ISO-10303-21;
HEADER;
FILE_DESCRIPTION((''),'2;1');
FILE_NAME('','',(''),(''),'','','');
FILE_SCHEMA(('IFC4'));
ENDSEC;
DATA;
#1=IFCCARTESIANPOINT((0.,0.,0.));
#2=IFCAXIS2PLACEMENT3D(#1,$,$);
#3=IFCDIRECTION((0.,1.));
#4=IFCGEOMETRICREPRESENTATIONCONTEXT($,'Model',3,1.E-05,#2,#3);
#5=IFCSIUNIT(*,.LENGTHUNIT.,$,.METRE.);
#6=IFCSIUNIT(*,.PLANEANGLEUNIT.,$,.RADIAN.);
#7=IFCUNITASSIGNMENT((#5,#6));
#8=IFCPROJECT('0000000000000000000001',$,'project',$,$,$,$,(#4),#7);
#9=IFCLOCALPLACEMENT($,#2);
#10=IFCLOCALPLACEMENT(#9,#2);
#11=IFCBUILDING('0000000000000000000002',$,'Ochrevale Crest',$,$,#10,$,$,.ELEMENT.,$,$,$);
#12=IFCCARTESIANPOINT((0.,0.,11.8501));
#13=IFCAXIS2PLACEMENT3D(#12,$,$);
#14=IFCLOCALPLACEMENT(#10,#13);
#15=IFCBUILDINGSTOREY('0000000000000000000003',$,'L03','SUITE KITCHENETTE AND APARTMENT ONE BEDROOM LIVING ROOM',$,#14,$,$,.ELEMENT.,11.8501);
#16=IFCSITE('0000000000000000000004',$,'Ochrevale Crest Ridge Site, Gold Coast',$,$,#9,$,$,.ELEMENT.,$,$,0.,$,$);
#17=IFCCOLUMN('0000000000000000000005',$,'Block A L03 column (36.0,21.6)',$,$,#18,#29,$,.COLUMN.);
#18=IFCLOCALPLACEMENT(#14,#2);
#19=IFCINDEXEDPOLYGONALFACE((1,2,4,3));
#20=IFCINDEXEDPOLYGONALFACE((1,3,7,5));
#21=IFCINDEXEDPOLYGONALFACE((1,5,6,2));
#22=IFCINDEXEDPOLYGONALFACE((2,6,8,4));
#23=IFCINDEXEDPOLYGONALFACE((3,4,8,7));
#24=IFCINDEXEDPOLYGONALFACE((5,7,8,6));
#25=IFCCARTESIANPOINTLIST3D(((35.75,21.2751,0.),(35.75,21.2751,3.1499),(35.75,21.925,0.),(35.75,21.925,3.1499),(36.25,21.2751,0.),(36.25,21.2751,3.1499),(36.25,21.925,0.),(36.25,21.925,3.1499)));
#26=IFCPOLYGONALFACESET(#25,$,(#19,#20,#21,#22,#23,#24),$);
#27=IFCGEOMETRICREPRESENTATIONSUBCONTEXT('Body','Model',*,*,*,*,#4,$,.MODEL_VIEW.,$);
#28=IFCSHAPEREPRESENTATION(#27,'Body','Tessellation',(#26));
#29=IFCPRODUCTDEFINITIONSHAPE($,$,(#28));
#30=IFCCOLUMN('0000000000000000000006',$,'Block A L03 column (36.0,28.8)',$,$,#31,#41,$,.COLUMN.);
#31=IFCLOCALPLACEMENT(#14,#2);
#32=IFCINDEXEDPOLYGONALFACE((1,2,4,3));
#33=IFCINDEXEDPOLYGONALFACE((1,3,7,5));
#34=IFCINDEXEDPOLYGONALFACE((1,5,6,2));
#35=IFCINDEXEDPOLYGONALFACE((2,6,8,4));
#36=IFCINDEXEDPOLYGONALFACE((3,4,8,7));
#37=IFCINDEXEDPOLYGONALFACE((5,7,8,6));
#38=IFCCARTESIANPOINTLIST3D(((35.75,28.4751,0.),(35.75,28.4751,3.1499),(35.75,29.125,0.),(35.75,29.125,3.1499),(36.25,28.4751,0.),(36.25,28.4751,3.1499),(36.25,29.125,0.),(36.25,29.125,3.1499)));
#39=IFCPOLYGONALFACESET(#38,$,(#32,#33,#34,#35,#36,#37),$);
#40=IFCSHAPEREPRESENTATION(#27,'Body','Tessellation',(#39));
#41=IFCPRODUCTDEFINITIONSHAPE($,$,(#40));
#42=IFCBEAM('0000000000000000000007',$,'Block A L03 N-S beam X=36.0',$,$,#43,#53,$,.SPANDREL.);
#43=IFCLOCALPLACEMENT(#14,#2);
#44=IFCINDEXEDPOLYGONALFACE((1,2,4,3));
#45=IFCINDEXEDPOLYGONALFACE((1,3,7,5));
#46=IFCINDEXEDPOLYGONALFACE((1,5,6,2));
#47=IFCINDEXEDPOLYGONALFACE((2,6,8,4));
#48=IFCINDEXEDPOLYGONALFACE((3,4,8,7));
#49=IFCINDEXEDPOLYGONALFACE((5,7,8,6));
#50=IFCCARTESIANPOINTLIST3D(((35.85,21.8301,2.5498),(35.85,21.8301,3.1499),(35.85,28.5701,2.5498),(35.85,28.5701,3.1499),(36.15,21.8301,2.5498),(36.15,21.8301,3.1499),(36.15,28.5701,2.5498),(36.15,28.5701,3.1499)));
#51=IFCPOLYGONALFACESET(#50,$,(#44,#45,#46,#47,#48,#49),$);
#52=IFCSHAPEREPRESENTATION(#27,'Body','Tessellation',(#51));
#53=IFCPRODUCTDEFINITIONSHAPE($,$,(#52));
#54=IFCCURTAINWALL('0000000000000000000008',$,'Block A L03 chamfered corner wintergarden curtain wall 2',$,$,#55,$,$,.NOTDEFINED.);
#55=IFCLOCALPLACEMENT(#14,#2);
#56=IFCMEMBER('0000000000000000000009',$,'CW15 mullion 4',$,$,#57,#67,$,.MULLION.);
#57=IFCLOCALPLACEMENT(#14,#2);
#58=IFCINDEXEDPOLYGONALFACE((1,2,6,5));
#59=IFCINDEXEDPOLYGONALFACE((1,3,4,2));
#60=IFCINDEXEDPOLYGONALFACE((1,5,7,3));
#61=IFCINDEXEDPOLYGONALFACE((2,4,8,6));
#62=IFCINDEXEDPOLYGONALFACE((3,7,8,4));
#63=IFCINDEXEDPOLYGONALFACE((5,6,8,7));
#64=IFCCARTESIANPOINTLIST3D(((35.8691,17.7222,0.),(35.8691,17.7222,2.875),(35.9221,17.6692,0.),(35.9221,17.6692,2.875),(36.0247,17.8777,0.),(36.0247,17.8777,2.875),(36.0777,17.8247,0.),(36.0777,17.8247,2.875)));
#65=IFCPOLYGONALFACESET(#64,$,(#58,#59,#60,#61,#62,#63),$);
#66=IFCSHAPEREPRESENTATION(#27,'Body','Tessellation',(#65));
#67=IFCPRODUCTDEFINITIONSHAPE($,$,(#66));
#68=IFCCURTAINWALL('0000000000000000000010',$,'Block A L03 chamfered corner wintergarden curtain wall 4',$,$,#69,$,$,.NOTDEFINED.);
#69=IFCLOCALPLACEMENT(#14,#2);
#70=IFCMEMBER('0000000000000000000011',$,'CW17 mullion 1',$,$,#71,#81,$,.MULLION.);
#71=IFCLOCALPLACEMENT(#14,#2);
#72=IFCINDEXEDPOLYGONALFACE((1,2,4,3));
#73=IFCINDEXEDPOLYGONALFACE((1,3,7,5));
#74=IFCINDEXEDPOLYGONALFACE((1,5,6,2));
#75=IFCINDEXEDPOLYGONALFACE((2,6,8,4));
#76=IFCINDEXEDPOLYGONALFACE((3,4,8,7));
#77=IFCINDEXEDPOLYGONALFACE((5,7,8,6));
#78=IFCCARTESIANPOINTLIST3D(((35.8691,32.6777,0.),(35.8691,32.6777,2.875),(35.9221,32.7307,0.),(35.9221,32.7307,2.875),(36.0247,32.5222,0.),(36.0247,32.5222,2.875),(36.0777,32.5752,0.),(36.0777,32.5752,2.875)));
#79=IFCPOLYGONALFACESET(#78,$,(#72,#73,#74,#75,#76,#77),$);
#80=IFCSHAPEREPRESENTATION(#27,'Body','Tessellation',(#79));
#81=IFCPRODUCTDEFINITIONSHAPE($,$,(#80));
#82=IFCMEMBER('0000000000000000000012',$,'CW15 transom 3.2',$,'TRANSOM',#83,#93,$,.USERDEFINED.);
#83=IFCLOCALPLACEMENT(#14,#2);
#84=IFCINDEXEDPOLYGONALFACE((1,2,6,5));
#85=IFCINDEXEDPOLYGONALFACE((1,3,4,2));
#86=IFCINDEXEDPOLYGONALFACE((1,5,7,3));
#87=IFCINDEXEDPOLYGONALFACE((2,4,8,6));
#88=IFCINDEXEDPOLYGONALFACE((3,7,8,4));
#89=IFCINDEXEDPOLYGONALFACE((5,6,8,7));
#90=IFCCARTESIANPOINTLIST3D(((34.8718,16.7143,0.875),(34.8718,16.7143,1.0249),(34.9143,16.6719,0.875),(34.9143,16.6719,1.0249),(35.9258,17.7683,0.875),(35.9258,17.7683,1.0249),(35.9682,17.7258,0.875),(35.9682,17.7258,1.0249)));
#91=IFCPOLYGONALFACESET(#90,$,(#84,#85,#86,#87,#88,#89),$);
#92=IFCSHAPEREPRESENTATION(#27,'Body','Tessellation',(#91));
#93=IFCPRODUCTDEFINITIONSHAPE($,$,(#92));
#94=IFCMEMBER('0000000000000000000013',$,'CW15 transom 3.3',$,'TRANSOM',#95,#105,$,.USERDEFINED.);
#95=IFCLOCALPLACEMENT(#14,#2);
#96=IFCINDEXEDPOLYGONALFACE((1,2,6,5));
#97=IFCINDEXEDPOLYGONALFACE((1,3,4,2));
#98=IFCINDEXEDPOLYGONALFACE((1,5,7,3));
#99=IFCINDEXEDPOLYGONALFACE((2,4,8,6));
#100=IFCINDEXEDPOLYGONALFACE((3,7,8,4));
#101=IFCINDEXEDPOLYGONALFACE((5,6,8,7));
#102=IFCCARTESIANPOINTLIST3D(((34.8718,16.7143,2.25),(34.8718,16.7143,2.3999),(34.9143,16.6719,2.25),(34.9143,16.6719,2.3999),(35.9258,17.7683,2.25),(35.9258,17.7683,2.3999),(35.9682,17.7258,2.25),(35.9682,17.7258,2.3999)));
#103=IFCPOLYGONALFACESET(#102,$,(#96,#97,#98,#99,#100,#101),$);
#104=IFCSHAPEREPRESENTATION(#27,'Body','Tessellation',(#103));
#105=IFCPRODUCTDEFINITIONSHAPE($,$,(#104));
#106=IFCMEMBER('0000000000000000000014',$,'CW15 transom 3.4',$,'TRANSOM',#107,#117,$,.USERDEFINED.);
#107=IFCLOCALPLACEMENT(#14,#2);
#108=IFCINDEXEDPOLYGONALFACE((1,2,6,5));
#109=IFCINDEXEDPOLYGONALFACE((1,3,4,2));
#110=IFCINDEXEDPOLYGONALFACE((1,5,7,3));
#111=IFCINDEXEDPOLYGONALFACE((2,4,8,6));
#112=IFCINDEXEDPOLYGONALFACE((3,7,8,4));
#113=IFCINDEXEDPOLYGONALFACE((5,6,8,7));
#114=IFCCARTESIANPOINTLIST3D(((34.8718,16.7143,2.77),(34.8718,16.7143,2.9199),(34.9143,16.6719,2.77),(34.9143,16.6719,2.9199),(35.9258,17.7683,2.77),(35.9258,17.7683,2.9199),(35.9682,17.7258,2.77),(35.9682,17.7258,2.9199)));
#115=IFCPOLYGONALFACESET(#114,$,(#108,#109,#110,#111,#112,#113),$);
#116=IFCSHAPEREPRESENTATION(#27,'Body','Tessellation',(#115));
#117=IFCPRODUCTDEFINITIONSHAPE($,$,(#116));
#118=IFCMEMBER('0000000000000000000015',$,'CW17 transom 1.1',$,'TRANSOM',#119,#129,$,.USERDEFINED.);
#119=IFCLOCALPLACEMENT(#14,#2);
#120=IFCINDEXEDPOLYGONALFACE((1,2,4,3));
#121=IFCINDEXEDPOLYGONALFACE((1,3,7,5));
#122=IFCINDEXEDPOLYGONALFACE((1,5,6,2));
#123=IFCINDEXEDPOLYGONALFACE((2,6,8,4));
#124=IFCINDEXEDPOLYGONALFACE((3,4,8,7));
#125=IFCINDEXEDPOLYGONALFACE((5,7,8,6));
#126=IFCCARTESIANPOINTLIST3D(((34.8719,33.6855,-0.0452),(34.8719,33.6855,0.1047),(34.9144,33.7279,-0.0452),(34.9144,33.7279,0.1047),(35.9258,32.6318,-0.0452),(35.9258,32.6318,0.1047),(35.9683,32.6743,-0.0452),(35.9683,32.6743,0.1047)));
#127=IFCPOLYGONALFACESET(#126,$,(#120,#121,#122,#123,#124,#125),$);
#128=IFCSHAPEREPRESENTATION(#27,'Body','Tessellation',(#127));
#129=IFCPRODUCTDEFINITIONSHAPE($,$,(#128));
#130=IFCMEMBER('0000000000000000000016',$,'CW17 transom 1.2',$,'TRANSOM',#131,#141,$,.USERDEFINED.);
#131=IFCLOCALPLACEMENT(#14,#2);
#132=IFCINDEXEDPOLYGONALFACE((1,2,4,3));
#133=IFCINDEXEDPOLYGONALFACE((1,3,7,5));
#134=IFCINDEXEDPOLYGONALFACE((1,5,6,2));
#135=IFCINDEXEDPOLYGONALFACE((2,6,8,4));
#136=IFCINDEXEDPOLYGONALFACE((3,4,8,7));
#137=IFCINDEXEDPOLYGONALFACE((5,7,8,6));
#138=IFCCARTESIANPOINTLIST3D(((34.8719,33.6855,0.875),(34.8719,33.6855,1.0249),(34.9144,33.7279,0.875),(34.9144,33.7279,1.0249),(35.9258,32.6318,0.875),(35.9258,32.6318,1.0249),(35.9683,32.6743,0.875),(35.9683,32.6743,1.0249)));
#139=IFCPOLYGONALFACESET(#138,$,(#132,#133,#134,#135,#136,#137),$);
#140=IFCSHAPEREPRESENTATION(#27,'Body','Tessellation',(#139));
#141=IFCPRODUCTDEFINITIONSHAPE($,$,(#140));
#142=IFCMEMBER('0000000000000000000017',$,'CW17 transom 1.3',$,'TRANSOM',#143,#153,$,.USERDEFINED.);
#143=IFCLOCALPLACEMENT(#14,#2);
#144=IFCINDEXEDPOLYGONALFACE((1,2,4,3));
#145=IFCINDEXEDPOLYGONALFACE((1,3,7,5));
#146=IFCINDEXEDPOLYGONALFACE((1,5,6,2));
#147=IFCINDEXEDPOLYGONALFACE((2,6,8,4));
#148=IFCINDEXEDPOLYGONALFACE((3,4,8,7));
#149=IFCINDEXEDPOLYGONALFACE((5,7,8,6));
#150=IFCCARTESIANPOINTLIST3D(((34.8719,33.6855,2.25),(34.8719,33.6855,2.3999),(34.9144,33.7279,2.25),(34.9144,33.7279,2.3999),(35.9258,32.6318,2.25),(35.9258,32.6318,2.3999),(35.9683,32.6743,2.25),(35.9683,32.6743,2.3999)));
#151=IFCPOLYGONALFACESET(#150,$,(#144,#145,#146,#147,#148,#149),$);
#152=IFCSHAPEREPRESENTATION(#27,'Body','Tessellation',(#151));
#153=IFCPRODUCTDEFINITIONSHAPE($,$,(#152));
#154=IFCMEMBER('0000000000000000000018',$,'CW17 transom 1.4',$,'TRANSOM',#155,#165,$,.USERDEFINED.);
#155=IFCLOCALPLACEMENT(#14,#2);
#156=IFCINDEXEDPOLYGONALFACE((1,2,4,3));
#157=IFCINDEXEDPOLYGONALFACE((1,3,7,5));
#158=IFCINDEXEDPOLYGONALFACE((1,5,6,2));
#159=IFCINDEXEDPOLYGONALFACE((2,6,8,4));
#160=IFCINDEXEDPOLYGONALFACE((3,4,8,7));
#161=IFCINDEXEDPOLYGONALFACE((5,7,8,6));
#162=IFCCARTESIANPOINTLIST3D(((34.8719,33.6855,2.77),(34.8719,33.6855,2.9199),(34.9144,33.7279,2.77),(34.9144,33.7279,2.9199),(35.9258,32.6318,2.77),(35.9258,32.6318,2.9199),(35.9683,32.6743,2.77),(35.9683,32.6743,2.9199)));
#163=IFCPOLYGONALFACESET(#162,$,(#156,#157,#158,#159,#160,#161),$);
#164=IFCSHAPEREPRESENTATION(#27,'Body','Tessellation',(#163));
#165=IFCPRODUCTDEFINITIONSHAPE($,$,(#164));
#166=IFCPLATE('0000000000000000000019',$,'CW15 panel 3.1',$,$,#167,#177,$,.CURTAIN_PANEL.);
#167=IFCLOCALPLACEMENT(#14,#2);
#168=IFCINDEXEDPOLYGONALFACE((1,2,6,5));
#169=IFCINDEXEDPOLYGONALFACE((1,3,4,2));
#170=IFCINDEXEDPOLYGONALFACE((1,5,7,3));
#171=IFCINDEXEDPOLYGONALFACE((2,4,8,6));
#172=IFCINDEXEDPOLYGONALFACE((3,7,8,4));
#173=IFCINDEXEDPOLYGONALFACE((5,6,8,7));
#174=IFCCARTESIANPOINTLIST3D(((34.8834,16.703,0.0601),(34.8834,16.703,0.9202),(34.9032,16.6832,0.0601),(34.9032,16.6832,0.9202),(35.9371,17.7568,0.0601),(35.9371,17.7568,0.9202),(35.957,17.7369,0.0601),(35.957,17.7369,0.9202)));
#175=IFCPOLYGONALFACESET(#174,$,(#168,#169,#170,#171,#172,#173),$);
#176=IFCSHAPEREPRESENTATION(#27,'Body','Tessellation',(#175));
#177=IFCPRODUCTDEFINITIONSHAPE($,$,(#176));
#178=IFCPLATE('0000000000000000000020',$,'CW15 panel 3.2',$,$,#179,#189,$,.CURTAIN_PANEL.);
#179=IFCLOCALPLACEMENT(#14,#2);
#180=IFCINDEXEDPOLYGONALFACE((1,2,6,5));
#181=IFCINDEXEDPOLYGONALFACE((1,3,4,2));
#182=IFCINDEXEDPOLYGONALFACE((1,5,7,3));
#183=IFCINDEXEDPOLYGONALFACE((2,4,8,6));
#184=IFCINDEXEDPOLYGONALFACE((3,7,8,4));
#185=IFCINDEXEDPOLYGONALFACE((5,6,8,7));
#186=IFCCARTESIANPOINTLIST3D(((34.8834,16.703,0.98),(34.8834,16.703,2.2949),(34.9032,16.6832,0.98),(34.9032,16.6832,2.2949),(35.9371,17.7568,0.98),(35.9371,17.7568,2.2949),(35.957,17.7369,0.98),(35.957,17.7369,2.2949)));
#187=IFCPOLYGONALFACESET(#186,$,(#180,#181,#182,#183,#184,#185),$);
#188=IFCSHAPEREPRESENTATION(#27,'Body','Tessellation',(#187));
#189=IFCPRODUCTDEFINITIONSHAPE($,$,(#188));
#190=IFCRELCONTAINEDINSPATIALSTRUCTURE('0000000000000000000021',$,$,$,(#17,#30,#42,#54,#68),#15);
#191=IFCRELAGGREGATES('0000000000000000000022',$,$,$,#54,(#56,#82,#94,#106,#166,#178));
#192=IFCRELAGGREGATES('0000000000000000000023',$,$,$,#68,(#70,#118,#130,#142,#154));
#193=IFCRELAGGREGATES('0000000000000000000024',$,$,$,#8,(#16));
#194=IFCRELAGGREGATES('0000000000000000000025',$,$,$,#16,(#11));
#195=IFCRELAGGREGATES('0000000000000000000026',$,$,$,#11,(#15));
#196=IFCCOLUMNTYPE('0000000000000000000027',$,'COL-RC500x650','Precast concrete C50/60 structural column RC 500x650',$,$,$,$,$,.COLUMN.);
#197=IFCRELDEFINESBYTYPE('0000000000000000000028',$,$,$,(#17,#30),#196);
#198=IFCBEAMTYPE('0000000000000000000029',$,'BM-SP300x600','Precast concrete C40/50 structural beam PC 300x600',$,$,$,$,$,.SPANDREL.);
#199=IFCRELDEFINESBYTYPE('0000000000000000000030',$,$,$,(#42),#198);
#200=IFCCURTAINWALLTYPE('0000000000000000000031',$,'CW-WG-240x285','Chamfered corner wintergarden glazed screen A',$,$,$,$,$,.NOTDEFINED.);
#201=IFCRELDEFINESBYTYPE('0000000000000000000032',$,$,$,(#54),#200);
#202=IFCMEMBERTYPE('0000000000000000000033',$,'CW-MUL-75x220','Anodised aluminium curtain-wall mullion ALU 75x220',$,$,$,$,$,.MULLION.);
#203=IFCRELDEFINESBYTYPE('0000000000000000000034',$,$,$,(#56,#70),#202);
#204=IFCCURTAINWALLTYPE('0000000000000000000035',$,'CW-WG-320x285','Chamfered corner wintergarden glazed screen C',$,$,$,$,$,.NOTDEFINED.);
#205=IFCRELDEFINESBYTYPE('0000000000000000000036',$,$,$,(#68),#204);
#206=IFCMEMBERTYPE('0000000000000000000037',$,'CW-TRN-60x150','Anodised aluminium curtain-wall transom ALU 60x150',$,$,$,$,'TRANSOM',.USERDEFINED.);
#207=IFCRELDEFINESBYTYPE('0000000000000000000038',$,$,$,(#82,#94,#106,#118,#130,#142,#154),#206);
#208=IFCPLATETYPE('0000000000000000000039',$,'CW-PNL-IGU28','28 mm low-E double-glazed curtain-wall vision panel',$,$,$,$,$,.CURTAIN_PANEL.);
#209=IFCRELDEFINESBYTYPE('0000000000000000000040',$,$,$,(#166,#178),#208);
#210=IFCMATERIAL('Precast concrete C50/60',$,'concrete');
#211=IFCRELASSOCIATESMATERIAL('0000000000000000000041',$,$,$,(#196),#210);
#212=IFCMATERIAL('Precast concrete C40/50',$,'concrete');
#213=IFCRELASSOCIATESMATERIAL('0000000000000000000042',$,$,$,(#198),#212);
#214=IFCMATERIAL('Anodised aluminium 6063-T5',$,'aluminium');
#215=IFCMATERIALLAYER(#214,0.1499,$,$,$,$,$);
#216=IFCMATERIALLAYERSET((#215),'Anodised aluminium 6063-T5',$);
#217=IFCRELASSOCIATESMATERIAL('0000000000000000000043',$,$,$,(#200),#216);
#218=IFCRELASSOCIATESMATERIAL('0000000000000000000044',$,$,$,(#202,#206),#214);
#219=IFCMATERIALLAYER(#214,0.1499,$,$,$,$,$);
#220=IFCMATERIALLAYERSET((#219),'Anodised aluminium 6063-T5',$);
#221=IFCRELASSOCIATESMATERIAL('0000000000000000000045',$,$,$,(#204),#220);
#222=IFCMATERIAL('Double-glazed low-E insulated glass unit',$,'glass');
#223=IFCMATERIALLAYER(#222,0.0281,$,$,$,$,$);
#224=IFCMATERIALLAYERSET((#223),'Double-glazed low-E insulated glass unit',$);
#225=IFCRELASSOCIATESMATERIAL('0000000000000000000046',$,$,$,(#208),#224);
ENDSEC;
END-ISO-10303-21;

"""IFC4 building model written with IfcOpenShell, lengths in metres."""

from ifc_helpers import new_model, si_unit, direction, frame, origin, origin_2d, place, context, subcontext, project, spatial, rectangle, extrude, material, layer, layer_set, material_profile, profile_set, type_object, element, aggregate, save


model = new_model("IFC4")

# Units and contexts
model_context = context("Model", 3, precision=1e-05, world=origin(), true_north=direction((0.0, 1.0)))
body_context = subcontext(model_context, "Body", "Model", "MODEL_VIEW")
ifc_project = project(units=[si_unit("LENGTHUNIT", "METRE"), si_unit("PLANEANGLEUNIT", "RADIAN")], contexts=[model_context])

# Site, building, storey
site_placement = place(None, origin())
site = spatial("IfcSite", under=ifc_project, at=site_placement, Name="Ochrevale Crest Ridge Site, Gold Coast", CompositionType="ELEMENT", RefElevation=0.0)
building_placement = place(site_placement, origin())
building = spatial("IfcBuilding", under=site, at=building_placement, Name="Ochrevale Crest", CompositionType="ELEMENT")
storey_placement = place(building_placement, frame((0.0, 0.0, 11.8501)))
storey = spatial("IfcBuildingStorey", under=building, at=storey_placement, Name="L03", Description="SUITE KITCHENETTE AND APARTMENT ONE BEDROOM LIVING ROOM", CompositionType="ELEMENT", Elevation=11.8501)

# Columns
ifc_material_1 = material(Name="Precast concrete C50/60", Category="concrete")
ifc_material_profile_1 = material_profile(ifc_material_1, rectangle(XDim=0.5, YDim=0.6499, at=origin_2d()), Name="RC 500x650")
ifc_profile_set_1 = profile_set([ifc_material_profile_1], Name="Precast concrete C50/60")
column_type = type_object("IfcColumnType", Name="COL-RC500x650", Description="Precast concrete C50/60 structural column RC 500x650", PredefinedType="COLUMN", material=ifc_profile_set_1)
for number, where, z_axis, x_axis, name in (
    (1, (36.0, 21.6001, 0.0), (0.0, 0.0, 1.0), (1.0, 0.0, 0.0), "Block A L03 column (36.0,21.6)"),
    (2, (36.0, 28.8, 0.0), (0.0, 0.0, 1.0), (1.0, 0.0, 0.0), "Block A L03 column (36.0,28.8)"),
):
    element("IfcColumn", number, at=place(storey_placement, frame(where, z_axis=z_axis, x_axis=x_axis)), inside=storey, type_object=column_type, Name=name, PredefinedType="COLUMN", context=body_context, shape_type="SweptSolid", body=[
        extrude(rectangle(XDim=0.5, YDim=0.6499, at=origin_2d()), origin(), (0.0, 0.0, 1.0), 3.1499),
    ])

# Beam
ifc_material_2 = material(Name="Precast concrete C40/50", Category="concrete")
ifc_material_profile_2 = material_profile(ifc_material_2, rectangle(XDim=0.3, YDim=0.6001, at=origin_2d()), Name="PC 300x600")
ifc_profile_set_2 = profile_set([ifc_material_profile_2], Name="Precast concrete C40/50")
beam_type = type_object("IfcBeamType", Name="BM-SP300x600", Description="Precast concrete C40/50 structural beam PC 300x600", PredefinedType="SPANDREL", material=ifc_profile_set_2)
beam_placement = place(storey_placement, frame((36.0, 21.8301, 2.8499), z_axis=(0.0, 1.0, 0.0), x_axis=(-1.0, 0.0, 0.0)))
element("IfcBeam", 3, at=beam_placement, inside=storey, type_object=beam_type, Name="Block A L03 N-S beam X=36.0", PredefinedType="SPANDREL", context=body_context, shape_type="SweptSolid", body=[
    extrude(rectangle(XDim=0.3, YDim=0.6001, at=origin_2d()), origin(), (0.0, 0.0, 1.0), 6.74),
])

# Curtain walls, members
ifc_material_3 = material(Name="Anodised aluminium 6063-T5", Category="aluminium")
ifc_layer_1 = layer(ifc_material_3, 0.1499)
ifc_layer_set_1 = layer_set([ifc_layer_1], Name="Anodised aluminium 6063-T5")
curtain_wall_type_1 = type_object("IfcCurtainWallType", Name="CW-WG-240x285", Description="Chamfered corner wintergarden glazed screen A", PredefinedType="NOTDEFINED", material=ifc_layer_set_1)
curtain_wall_1_placement = place(storey_placement, origin())
curtain_wall_1 = element("IfcCurtainWall", 4, at=curtain_wall_1_placement, inside=storey, type_object=curtain_wall_type_1, Name="Block A L03 chamfered corner wintergarden curtain wall 2", PredefinedType="NOTDEFINED")
ifc_material_profile_3 = material_profile(ifc_material_3, rectangle(XDim=0.075, YDim=0.22, at=origin_2d()), Name="ALU 75x220")
ifc_profile_set_3 = profile_set([ifc_material_profile_3], Name="Anodised aluminium 6063-T5")
member_type_1 = type_object("IfcMemberType", Name="CW-MUL-75x220", Description="Anodised aluminium curtain-wall mullion ALU 75x220", PredefinedType="MULLION", material=ifc_profile_set_3)
member_1_placement = place(storey_placement, frame((35.9734, 17.7734, 0.0), z_axis=(0.0, 0.0, 1.0), x_axis=(-0.707107, 0.707107, 0.0)))
member_1 = element("IfcMember", 5, at=member_1_placement, type_object=member_type_1, Name="CW15 mullion 4", PredefinedType="MULLION", context=body_context, shape_type="SweptSolid", body=[
    extrude(rectangle(XDim=0.075, YDim=0.22, at=origin_2d()), origin(), (0.0, 0.0, 1.0), 2.875),
])
ifc_layer_2 = layer(ifc_material_3, 0.1499)
ifc_layer_set_2 = layer_set([ifc_layer_2], Name="Anodised aluminium 6063-T5")
curtain_wall_type_2 = type_object("IfcCurtainWallType", Name="CW-WG-320x285", Description="Chamfered corner wintergarden glazed screen C", PredefinedType="NOTDEFINED", material=ifc_layer_set_2)
curtain_wall_2_placement = place(storey_placement, origin())
curtain_wall_2 = element("IfcCurtainWall", 6, at=curtain_wall_2_placement, inside=storey, type_object=curtain_wall_type_2, Name="Block A L03 chamfered corner wintergarden curtain wall 4", PredefinedType="NOTDEFINED")
member_2_placement = place(storey_placement, frame((35.9734, 32.6265, 0.0), z_axis=(0.0, 0.0, 1.0), x_axis=(-0.707107, -0.707107, 0.0)))
member_2 = element("IfcMember", 7, at=member_2_placement, type_object=member_type_1, Name="CW17 mullion 1", PredefinedType="MULLION", context=body_context, shape_type="SweptSolid", body=[
    extrude(rectangle(XDim=0.075, YDim=0.22, at=origin_2d()), origin(), (0.0, 0.0, 1.0), 2.875),
])

# Members
ifc_material_profile_4 = material_profile(ifc_material_3, rectangle(XDim=0.0601, YDim=0.1499, at=origin_2d()), Name="ALU 60x150")
ifc_profile_set_4 = profile_set([ifc_material_profile_4], Name="Anodised aluminium 6063-T5")
member_type_2 = type_object("IfcMemberType", Name="CW-TRN-60x150", Description="Anodised aluminium curtain-wall transom ALU 60x150", ElementType="TRANSOM", PredefinedType="USERDEFINED", material=ifc_profile_set_4)
member_3_placement = place(storey_placement, frame((34.8931, 16.6931, 0.95), z_axis=(0.707107, 0.707107, 0.0), x_axis=(-0.707107, 0.707107, 0.0)))
member_3 = element("IfcMember", 8, at=member_3_placement, type_object=member_type_2, Name="CW15 transom 3.2", ObjectType="TRANSOM", PredefinedType="USERDEFINED", context=body_context, shape_type="SweptSolid", body=[
    extrude(rectangle(XDim=0.0601, YDim=0.1499, at=origin_2d()), origin(), (0.0, 0.0, 1.0), 1.4905),
])
member_4_placement = place(storey_placement, frame((34.8931, 16.6931, 2.325), z_axis=(0.707107, 0.707107, 0.0), x_axis=(-0.707107, 0.707107, 0.0)))
member_4 = element("IfcMember", 9, at=member_4_placement, type_object=member_type_2, Name="CW15 transom 3.3", ObjectType="TRANSOM", PredefinedType="USERDEFINED", context=body_context, shape_type="SweptSolid", body=[
    extrude(rectangle(XDim=0.0601, YDim=0.1499, at=origin_2d()), origin(), (0.0, 0.0, 1.0), 1.4905),
])
member_5_placement = place(storey_placement, frame((34.8931, 16.6931, 2.845), z_axis=(0.707107, 0.707107, 0.0), x_axis=(-0.707107, 0.707107, 0.0)))
member_5 = element("IfcMember", 10, at=member_5_placement, type_object=member_type_2, Name="CW15 transom 3.4", ObjectType="TRANSOM", PredefinedType="USERDEFINED", context=body_context, shape_type="SweptSolid", body=[
    extrude(rectangle(XDim=0.0601, YDim=0.1499, at=origin_2d()), origin(), (0.0, 0.0, 1.0), 1.4905),
])
member_6_placement = place(storey_placement, frame((35.947, 32.6531, 0.0298), z_axis=(-0.707189, 0.707025, 0.0), x_axis=(-0.707025, -0.707189, 0.0)))
member_6 = element("IfcMember", 11, at=member_6_placement, type_object=member_type_2, Name="CW17 transom 1.1", ObjectType="TRANSOM", PredefinedType="USERDEFINED", context=body_context, shape_type="SweptSolid", body=[
    extrude(rectangle(XDim=0.0601, YDim=0.1499, at=origin_2d()), origin(), (0.0, 0.0, 1.0), 1.4902),
])
member_7_placement = place(storey_placement, frame((35.947, 32.6531, 0.95), z_axis=(-0.707189, 0.707025, 0.0), x_axis=(-0.707025, -0.707189, 0.0)))
member_7 = element("IfcMember", 12, at=member_7_placement, type_object=member_type_2, Name="CW17 transom 1.2", ObjectType="TRANSOM", PredefinedType="USERDEFINED", context=body_context, shape_type="SweptSolid", body=[
    extrude(rectangle(XDim=0.0601, YDim=0.1499, at=origin_2d()), origin(), (0.0, 0.0, 1.0), 1.4902),
])
member_8_placement = place(storey_placement, frame((35.947, 32.6531, 2.325), z_axis=(-0.707189, 0.707025, 0.0), x_axis=(-0.707025, -0.707189, 0.0)))
member_8 = element("IfcMember", 13, at=member_8_placement, type_object=member_type_2, Name="CW17 transom 1.3", ObjectType="TRANSOM", PredefinedType="USERDEFINED", context=body_context, shape_type="SweptSolid", body=[
    extrude(rectangle(XDim=0.0601, YDim=0.1499, at=origin_2d()), origin(), (0.0, 0.0, 1.0), 1.4902),
])
member_9_placement = place(storey_placement, frame((35.947, 32.6531, 2.845), z_axis=(-0.707189, 0.707025, 0.0), x_axis=(-0.707025, -0.707189, 0.0)))
member_9 = element("IfcMember", 14, at=member_9_placement, type_object=member_type_2, Name="CW17 transom 1.4", ObjectType="TRANSOM", PredefinedType="USERDEFINED", context=body_context, shape_type="SweptSolid", body=[
    extrude(rectangle(XDim=0.0601, YDim=0.1499, at=origin_2d()), origin(), (0.0, 0.0, 1.0), 1.4902),
])

# Plates
ifc_material_4 = material(Name="Double-glazed low-E insulated glass unit", Category="glass")
ifc_layer_3 = layer(ifc_material_4, 0.0281)
ifc_layer_set_3 = layer_set([ifc_layer_3], Name="Double-glazed low-E insulated glass unit")
plate_type = type_object("IfcPlateType", Name="CW-PNL-IGU28", Description="28 mm low-E double-glazed curtain-wall vision panel", PredefinedType="CURTAIN_PANEL", material=ifc_layer_set_3)
plate_1_placement = place(storey_placement, frame((35.4202, 17.22, 0.0601), z_axis=(0.0, 0.0, 1.0), x_axis=(0.707107, 0.707107, 0.0)))
plate_1 = element("IfcPlate", 15, at=plate_1_placement, type_object=plate_type, Name="CW15 panel 3.1", PredefinedType="CURTAIN_PANEL", context=body_context, shape_type="SweptSolid", body=[
    extrude(rectangle(XDim=1.4902, YDim=0.0281, at=origin_2d()), origin(), (0.0, 0.0, 1.0), 0.8601),
])
plate_2_placement = place(storey_placement, frame((35.4202, 17.22, 0.98), z_axis=(0.0, 0.0, 1.0), x_axis=(0.707107, 0.707107, 0.0)))
plate_2 = element("IfcPlate", 16, at=plate_2_placement, type_object=plate_type, Name="CW15 panel 3.2", PredefinedType="CURTAIN_PANEL", context=body_context, shape_type="SweptSolid", body=[
    extrude(rectangle(XDim=1.4902, YDim=0.0281, at=origin_2d()), origin(), (0.0, 0.0, 1.0), 1.3149),
])
aggregate(curtain_wall_1, [member_1, member_3, member_4, member_5, plate_1, plate_2])
aggregate(curtain_wall_2, [member_2, member_6, member_7, member_8, member_9])

save(model, "model.ifc")
